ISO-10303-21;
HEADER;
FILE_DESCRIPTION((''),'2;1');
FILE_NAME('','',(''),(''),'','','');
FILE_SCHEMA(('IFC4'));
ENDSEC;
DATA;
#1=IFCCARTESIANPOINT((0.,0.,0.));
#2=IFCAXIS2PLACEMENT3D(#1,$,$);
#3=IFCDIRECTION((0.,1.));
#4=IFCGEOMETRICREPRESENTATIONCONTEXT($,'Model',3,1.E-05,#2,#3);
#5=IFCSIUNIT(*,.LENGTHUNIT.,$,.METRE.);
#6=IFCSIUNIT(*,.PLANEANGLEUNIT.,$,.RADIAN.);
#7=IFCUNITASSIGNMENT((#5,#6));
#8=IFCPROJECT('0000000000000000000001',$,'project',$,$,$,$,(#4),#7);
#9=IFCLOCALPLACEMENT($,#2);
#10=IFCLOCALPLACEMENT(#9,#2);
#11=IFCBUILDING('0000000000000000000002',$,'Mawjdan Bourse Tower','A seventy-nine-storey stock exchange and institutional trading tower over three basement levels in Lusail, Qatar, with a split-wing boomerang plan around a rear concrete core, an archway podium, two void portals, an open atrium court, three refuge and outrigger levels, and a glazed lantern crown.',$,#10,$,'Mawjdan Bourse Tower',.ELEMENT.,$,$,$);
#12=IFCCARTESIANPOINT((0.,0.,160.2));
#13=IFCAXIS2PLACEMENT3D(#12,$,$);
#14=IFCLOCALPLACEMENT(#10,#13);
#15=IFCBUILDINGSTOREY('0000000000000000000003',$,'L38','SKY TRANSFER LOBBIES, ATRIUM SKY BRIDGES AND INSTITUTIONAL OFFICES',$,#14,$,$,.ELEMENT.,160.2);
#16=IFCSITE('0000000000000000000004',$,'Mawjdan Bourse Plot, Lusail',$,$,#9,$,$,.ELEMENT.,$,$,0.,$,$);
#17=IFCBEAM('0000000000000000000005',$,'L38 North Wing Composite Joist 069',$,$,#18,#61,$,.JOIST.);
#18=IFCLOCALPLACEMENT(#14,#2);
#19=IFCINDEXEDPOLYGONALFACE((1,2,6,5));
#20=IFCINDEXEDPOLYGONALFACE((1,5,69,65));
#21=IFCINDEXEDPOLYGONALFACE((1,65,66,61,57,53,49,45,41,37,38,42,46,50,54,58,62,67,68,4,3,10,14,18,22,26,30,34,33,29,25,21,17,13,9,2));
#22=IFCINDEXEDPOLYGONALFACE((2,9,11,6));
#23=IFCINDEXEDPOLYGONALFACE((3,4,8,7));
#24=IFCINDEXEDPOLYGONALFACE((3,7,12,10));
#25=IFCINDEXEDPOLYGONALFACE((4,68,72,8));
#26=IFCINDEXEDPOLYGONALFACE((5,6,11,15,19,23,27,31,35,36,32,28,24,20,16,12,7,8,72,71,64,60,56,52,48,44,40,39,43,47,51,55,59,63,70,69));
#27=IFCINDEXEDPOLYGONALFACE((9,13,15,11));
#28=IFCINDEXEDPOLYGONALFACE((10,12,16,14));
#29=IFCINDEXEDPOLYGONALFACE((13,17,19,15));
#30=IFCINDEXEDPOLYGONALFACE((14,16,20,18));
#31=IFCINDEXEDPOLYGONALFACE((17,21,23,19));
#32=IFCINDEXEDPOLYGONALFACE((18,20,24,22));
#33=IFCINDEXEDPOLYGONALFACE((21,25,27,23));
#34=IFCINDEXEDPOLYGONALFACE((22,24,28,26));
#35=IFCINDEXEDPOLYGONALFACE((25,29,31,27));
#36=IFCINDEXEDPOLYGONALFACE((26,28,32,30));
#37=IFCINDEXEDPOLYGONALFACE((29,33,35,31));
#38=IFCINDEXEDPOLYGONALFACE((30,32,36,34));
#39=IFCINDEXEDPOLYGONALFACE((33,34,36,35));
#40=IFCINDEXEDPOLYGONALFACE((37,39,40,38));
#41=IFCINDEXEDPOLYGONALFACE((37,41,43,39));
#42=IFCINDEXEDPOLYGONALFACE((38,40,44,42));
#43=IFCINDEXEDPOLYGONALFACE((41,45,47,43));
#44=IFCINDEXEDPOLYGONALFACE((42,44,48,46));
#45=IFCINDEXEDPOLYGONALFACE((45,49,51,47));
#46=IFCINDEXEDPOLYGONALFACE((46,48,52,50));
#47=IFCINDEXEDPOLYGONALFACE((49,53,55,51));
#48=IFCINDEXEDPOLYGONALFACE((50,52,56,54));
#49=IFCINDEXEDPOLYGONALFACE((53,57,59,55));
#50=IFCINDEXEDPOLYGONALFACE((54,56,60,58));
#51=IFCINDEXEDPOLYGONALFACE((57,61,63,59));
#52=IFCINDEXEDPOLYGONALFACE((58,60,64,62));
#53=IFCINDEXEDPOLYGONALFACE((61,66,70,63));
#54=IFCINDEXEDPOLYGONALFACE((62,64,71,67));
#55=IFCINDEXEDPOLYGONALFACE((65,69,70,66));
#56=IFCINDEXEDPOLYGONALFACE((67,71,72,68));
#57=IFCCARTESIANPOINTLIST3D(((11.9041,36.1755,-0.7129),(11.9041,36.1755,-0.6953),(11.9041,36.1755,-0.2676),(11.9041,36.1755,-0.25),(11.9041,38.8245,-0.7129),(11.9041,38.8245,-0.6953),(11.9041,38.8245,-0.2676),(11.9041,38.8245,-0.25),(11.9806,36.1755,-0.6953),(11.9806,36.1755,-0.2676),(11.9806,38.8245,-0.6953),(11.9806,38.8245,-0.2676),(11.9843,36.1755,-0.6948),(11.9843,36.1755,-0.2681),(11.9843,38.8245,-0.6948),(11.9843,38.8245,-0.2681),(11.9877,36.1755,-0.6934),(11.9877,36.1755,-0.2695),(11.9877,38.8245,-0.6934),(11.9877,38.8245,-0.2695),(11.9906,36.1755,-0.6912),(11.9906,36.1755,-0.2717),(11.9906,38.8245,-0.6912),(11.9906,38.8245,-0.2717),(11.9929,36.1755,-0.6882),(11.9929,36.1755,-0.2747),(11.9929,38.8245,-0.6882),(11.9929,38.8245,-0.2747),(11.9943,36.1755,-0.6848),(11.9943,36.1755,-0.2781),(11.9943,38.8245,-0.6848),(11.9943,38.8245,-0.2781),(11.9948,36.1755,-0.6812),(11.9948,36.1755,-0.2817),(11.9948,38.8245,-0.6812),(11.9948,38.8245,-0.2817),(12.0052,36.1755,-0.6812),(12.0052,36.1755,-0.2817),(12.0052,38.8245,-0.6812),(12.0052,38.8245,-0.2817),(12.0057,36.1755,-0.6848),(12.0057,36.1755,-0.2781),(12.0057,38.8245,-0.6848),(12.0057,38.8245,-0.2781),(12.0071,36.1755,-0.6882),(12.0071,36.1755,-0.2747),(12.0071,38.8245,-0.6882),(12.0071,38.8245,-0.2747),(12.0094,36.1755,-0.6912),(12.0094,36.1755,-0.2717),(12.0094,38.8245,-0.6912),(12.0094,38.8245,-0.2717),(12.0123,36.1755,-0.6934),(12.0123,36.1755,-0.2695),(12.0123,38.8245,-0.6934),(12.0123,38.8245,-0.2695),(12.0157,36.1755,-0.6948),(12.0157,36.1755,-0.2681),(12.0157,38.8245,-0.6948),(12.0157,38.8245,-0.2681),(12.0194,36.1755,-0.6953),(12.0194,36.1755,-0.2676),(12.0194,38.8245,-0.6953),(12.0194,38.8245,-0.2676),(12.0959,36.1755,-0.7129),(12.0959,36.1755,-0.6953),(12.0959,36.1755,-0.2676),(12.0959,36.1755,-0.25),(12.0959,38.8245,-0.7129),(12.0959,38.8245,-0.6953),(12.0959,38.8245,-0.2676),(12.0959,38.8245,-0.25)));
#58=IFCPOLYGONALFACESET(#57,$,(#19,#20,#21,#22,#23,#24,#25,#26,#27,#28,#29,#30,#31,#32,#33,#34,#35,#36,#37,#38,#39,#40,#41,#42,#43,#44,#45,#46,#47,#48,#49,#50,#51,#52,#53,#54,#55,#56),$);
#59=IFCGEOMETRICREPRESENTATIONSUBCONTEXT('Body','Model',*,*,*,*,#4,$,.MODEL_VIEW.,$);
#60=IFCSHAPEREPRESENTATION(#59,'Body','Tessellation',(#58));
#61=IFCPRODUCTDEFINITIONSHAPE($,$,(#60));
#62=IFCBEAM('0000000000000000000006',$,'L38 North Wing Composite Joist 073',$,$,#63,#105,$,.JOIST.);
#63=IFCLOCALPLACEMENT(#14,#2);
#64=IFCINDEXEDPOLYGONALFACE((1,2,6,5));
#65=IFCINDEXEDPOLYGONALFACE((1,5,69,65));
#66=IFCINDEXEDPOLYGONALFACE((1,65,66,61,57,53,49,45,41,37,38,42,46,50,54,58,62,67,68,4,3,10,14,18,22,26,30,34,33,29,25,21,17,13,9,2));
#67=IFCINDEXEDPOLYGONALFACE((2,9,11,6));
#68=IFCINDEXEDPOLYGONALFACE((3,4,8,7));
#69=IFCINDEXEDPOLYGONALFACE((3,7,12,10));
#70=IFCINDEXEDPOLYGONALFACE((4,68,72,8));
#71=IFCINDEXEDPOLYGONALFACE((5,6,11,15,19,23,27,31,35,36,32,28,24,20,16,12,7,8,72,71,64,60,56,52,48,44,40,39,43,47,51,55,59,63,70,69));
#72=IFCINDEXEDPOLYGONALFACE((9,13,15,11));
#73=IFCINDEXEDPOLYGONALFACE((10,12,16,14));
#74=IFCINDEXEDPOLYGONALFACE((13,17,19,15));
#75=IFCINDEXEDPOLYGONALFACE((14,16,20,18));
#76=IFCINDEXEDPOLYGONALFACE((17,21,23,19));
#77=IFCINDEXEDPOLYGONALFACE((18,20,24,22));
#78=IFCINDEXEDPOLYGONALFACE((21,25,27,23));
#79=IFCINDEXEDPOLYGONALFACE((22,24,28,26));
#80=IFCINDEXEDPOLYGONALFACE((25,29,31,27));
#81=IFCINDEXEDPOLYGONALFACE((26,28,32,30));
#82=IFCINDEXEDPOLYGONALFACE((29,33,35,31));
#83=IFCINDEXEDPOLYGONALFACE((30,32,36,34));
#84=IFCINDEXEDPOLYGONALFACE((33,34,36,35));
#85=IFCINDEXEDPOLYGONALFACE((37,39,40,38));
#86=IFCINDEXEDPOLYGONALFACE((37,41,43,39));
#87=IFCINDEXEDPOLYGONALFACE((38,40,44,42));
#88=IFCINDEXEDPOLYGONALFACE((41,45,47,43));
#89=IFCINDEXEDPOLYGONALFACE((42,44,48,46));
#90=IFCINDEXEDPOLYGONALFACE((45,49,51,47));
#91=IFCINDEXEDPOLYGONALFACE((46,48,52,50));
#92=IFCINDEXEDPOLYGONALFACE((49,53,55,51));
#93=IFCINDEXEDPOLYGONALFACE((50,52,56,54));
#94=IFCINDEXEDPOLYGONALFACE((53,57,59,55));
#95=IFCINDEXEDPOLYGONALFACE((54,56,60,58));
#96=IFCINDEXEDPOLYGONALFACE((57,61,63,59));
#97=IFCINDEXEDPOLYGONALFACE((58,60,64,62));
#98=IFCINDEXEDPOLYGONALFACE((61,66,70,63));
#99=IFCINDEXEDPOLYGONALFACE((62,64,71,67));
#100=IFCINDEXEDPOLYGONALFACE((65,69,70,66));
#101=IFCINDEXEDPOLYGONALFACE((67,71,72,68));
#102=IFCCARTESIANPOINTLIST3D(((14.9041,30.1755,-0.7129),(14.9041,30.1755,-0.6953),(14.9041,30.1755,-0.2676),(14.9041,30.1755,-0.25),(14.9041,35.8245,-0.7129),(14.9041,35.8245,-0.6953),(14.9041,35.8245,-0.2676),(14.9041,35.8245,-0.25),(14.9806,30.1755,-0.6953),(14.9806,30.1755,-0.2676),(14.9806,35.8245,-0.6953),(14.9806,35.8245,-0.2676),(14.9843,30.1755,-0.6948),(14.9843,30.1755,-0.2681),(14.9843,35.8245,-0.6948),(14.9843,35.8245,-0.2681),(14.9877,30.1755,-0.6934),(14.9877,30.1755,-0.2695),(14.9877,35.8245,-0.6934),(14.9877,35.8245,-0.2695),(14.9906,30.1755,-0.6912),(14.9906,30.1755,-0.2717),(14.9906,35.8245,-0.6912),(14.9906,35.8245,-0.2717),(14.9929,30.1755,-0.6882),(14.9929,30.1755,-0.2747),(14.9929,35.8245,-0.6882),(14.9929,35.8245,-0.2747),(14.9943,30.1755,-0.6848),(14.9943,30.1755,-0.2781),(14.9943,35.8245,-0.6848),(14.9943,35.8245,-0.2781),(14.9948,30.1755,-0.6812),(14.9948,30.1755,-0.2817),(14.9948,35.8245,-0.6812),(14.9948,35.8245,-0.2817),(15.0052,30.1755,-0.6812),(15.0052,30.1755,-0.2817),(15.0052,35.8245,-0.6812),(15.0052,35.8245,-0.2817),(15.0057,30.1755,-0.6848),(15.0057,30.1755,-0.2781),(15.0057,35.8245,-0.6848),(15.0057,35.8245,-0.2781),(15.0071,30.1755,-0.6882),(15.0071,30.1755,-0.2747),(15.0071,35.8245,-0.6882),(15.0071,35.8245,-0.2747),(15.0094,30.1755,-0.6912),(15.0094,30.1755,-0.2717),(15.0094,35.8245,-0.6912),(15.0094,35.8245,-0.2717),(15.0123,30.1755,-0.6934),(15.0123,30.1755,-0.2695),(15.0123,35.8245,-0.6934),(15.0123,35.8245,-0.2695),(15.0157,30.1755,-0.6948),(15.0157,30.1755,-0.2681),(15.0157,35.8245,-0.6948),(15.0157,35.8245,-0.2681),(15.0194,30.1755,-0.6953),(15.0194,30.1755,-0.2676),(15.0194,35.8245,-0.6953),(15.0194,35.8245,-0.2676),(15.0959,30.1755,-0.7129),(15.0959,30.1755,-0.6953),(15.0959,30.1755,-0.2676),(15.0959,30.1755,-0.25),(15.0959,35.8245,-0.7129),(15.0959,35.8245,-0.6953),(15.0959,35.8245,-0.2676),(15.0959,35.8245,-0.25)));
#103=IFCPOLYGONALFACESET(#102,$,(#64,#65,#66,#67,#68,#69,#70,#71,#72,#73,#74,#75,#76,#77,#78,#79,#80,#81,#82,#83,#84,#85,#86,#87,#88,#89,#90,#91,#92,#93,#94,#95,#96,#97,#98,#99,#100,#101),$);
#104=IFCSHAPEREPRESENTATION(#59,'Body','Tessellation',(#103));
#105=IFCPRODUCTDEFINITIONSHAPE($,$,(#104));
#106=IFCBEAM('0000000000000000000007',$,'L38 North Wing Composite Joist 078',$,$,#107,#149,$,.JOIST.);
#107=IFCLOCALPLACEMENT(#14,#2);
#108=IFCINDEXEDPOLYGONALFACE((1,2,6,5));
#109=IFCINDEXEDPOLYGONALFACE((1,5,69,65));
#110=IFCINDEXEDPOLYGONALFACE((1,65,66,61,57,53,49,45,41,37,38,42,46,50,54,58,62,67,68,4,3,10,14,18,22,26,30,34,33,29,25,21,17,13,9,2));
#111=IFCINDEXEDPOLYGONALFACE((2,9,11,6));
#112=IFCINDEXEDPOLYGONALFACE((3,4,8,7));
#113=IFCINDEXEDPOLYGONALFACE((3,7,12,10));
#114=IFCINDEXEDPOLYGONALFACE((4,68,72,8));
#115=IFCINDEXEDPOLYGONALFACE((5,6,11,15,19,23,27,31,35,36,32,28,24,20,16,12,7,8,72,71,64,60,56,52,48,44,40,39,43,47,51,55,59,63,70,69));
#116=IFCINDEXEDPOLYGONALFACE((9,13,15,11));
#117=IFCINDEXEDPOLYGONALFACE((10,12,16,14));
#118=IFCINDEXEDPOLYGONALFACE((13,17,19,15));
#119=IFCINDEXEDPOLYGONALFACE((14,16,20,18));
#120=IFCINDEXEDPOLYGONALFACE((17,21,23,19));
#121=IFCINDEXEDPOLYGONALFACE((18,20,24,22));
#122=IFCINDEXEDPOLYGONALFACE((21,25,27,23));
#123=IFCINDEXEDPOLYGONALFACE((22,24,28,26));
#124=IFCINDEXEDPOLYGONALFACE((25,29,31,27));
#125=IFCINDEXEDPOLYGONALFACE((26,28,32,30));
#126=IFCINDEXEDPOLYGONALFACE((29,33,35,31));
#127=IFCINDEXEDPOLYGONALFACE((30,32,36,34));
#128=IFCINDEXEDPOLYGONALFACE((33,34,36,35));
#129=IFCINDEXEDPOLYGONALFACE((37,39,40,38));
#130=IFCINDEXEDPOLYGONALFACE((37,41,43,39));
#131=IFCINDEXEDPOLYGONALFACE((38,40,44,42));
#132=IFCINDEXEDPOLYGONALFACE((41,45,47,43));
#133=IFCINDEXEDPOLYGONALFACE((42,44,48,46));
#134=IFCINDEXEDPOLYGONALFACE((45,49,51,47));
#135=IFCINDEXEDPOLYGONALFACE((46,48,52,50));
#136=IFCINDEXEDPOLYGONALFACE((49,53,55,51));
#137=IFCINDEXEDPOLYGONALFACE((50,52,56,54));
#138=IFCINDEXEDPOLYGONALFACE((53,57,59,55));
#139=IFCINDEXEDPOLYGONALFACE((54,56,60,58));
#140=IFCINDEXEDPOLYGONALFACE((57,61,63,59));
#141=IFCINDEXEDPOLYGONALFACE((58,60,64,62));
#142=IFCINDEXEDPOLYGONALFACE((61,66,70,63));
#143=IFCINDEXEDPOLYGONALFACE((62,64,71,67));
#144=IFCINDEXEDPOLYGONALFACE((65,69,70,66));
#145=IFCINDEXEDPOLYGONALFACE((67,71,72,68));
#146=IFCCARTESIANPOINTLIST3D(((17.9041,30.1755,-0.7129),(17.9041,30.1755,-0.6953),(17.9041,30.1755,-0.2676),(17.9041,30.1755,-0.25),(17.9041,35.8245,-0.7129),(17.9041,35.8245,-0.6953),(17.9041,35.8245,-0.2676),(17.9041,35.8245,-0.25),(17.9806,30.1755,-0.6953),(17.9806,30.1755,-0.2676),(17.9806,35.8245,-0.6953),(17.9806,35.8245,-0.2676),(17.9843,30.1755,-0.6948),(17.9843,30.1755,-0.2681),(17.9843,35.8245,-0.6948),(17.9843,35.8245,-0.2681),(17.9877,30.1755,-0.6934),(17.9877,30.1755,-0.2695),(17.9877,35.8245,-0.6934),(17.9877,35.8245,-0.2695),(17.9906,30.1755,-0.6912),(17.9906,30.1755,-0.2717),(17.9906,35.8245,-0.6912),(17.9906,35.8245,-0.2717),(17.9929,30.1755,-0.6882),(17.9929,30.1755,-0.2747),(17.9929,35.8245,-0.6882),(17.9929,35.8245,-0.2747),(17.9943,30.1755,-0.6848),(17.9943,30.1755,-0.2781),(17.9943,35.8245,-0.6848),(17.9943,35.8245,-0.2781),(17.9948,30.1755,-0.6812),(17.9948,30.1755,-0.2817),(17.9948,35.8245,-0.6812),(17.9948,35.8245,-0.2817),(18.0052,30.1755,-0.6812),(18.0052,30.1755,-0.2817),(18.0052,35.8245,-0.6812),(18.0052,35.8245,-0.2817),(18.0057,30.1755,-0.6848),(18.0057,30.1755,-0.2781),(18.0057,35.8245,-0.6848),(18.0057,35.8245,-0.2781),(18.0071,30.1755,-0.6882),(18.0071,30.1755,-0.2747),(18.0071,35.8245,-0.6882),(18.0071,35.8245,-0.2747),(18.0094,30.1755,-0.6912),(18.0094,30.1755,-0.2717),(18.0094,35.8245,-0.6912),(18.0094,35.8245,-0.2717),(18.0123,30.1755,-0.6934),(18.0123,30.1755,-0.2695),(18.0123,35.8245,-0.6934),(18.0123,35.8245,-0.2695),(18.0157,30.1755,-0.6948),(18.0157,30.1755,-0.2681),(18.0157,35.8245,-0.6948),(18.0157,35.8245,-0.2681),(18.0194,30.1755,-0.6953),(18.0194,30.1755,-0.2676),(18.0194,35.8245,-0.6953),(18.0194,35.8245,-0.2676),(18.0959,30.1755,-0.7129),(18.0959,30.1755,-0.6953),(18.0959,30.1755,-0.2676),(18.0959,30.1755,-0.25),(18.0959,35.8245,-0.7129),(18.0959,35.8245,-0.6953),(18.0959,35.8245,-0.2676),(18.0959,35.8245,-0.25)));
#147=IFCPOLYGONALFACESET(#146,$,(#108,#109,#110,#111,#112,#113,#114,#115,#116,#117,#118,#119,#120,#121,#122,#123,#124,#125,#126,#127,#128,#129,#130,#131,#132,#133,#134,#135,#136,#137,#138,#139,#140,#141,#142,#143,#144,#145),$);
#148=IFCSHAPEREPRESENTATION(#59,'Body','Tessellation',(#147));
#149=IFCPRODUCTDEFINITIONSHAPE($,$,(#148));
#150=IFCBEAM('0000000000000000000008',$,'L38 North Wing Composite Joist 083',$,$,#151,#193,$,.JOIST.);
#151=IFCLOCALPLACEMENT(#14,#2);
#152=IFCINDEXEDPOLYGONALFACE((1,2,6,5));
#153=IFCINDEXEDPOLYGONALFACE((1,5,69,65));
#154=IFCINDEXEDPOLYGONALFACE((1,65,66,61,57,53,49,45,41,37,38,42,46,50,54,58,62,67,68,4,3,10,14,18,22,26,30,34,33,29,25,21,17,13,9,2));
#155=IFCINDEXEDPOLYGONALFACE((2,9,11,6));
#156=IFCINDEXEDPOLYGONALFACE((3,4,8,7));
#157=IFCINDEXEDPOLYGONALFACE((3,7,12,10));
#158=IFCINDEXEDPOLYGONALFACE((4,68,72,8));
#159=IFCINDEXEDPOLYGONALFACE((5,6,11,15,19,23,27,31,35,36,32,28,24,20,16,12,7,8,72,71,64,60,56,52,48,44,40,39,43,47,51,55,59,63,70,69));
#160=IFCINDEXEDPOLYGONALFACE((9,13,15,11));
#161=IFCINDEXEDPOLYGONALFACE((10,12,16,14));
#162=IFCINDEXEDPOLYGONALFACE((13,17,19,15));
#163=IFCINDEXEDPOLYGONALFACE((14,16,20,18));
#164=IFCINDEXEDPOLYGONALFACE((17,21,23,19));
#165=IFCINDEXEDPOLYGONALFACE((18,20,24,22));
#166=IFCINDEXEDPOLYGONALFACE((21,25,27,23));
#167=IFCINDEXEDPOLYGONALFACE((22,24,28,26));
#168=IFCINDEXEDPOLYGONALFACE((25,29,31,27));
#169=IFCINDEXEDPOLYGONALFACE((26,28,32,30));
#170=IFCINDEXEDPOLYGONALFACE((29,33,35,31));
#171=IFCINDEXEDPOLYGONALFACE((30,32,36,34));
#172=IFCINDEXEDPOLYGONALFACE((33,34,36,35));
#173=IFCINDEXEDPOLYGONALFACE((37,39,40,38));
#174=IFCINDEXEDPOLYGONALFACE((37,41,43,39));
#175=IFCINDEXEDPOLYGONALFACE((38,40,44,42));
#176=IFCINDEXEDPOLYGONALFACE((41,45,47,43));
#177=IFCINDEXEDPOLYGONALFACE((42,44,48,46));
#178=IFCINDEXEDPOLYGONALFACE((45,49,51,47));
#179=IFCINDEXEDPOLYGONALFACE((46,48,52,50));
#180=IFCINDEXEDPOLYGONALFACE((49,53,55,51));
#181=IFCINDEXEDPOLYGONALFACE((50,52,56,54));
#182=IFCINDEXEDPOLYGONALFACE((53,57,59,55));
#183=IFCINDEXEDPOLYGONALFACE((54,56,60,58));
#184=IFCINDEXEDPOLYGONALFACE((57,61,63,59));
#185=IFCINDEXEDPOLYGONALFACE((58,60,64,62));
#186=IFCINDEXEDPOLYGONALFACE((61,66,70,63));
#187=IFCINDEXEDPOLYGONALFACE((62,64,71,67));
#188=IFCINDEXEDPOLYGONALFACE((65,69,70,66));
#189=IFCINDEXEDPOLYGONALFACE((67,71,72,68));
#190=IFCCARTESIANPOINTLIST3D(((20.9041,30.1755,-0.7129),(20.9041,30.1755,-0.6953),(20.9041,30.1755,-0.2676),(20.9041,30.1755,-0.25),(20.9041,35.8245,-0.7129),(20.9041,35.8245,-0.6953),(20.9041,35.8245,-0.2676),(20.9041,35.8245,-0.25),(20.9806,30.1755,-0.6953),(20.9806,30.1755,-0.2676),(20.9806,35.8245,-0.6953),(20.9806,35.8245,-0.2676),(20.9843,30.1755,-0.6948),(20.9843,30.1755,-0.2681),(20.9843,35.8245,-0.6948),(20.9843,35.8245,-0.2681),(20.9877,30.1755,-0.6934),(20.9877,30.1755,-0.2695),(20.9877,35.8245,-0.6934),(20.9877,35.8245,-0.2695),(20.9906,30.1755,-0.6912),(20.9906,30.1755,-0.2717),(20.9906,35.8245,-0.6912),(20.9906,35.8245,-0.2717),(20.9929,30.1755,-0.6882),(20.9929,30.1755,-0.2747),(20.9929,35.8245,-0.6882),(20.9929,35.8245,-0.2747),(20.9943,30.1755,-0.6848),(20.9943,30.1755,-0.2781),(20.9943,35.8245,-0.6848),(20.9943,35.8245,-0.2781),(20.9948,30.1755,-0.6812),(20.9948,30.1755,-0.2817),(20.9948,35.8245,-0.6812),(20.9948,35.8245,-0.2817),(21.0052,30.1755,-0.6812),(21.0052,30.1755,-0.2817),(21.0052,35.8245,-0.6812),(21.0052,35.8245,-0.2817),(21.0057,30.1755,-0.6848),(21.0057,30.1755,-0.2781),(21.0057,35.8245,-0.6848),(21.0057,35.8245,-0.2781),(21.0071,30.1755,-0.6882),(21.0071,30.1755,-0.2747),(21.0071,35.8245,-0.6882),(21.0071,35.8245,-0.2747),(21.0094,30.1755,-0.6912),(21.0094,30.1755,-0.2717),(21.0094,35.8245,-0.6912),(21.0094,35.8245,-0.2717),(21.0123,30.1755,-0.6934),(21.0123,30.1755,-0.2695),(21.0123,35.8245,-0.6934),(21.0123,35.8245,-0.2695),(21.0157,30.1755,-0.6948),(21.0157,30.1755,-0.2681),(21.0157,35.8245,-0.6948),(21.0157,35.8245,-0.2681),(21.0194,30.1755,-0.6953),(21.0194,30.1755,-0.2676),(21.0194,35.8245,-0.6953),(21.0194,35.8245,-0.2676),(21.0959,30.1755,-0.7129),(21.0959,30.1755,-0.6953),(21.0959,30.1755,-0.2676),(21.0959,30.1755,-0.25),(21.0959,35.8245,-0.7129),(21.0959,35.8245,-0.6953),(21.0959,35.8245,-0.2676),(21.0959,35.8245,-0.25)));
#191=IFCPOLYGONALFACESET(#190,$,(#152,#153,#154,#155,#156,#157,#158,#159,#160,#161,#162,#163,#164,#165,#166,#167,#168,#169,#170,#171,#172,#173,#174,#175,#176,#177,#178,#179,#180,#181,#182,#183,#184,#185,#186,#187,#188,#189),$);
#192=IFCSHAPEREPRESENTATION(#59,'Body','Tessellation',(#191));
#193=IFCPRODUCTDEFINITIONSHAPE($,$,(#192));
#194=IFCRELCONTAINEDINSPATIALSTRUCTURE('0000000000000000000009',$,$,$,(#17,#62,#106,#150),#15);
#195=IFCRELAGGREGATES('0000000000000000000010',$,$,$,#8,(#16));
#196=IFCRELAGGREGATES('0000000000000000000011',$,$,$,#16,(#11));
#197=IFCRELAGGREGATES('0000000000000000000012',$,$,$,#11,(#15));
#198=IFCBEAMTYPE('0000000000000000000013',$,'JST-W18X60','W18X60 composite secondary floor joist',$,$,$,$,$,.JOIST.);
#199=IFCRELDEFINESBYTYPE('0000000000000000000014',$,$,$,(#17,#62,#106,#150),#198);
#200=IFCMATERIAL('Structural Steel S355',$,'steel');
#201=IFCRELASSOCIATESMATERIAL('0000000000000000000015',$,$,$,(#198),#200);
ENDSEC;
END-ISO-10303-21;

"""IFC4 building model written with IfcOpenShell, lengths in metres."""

from ifc_helpers import new_model, si_unit, direction, frame, origin, origin_2d, place, context, subcontext, project, spatial, i_section, extrude, material, material_profile, profile_set, type_object, element, save


model = new_model("IFC4")

# Units and contexts
model_context = context("Model", 3, precision=1e-05, world=origin(), true_north=direction((0.0, 1.0)))
body_context = subcontext(model_context, "Body", "Model", "MODEL_VIEW")
ifc_project = project(units=[si_unit("LENGTHUNIT", "METRE"), si_unit("PLANEANGLEUNIT", "RADIAN")], contexts=[model_context])

# Site, building, storey
site_placement = place(None, origin())
site = spatial("IfcSite", under=ifc_project, at=site_placement, Name="Mawjdan Bourse Plot, Lusail", CompositionType="ELEMENT", RefElevation=0.0)
building_placement = place(site_placement, origin())
building = spatial("IfcBuilding", under=site, at=building_placement, Name="Mawjdan Bourse Tower", Description="A seventy-nine-storey stock exchange and institutional trading tower over three basement levels in Lusail, Qatar, with a split-wing boomerang plan around a rear concrete core, an archway podium, two void portals, an open atrium court, three refuge and outrigger levels, and a glazed lantern crown.", LongName="Mawjdan Bourse Tower", CompositionType="ELEMENT")
storey_placement = place(building_placement, frame((0.0, 0.0, 160.2)))
storey = spatial("IfcBuildingStorey", under=building, at=storey_placement, Name="L38", Description="SKY TRANSFER LOBBIES, ATRIUM SKY BRIDGES AND INSTITUTIONAL OFFICES", CompositionType="ELEMENT", Elevation=160.2)

# Beams
ifc_material_1 = material(Name="Structural Steel S355", Category="steel")
ifc_material_profile_1 = material_profile(ifc_material_1, i_section(OverallWidth=0.1919, OverallDepth=0.4629, WebThickness=0.0105, FlangeThickness=0.0176, FilletRadius=0.0142, at=origin_2d()), Name="W18X60")
ifc_profile_set_1 = profile_set([ifc_material_profile_1], Name="Structural Steel S355")
beam_type_1 = type_object("IfcBeamType", Name="JST-W18X60", Description="W18X60 composite secondary floor joist", PredefinedType="JOIST", material=ifc_profile_set_1)
beam_1_placement = place(storey_placement, frame((12.0, 36.1755, -0.4814), z_axis=(0.0, 1.0, 0.0), x_axis=(-1.0, 0.0, 0.0)))
element("IfcBeam", 1, at=beam_1_placement, inside=storey, type_object=beam_type_1, Name="L38 North Wing Composite Joist 069", PredefinedType="JOIST", context=body_context, shape_type="SweptSolid", body=[
    extrude(i_section(OverallWidth=0.1919, OverallDepth=0.4629, WebThickness=0.0105, FlangeThickness=0.0176, FilletRadius=0.0142, at=origin_2d()), origin(), (0.0, 0.0, 1.0), 2.6489),
])
for number, where, z_axis, x_axis, name in (
    (2, (15.0, 30.1755, -0.4814), (0.0, 1.0, 0.0), (-1.0, 0.0, 0.0), "L38 North Wing Composite Joist 073"),
    (3, (18.0, 30.1755, -0.4814), (0.0, 1.0, 0.0), (-1.0, 0.0, 0.0), "L38 North Wing Composite Joist 078"),
    (4, (21.0, 30.1755, -0.4814), (0.0, 1.0, 0.0), (-1.0, 0.0, 0.0), "L38 North Wing Composite Joist 083"),
):
    element("IfcBeam", number, at=place(storey_placement, frame(where, z_axis=z_axis, x_axis=x_axis)), inside=storey, type_object=beam_type_1, Name=name, PredefinedType="JOIST", context=body_context, shape_type="SweptSolid", body=[
        extrude(i_section(OverallWidth=0.1919, OverallDepth=0.4629, WebThickness=0.0105, FlangeThickness=0.0176, FilletRadius=0.0142, at=origin_2d()), origin(), (0.0, 0.0, 1.0), 5.6489),
    ])

save(model, "model.ifc")
